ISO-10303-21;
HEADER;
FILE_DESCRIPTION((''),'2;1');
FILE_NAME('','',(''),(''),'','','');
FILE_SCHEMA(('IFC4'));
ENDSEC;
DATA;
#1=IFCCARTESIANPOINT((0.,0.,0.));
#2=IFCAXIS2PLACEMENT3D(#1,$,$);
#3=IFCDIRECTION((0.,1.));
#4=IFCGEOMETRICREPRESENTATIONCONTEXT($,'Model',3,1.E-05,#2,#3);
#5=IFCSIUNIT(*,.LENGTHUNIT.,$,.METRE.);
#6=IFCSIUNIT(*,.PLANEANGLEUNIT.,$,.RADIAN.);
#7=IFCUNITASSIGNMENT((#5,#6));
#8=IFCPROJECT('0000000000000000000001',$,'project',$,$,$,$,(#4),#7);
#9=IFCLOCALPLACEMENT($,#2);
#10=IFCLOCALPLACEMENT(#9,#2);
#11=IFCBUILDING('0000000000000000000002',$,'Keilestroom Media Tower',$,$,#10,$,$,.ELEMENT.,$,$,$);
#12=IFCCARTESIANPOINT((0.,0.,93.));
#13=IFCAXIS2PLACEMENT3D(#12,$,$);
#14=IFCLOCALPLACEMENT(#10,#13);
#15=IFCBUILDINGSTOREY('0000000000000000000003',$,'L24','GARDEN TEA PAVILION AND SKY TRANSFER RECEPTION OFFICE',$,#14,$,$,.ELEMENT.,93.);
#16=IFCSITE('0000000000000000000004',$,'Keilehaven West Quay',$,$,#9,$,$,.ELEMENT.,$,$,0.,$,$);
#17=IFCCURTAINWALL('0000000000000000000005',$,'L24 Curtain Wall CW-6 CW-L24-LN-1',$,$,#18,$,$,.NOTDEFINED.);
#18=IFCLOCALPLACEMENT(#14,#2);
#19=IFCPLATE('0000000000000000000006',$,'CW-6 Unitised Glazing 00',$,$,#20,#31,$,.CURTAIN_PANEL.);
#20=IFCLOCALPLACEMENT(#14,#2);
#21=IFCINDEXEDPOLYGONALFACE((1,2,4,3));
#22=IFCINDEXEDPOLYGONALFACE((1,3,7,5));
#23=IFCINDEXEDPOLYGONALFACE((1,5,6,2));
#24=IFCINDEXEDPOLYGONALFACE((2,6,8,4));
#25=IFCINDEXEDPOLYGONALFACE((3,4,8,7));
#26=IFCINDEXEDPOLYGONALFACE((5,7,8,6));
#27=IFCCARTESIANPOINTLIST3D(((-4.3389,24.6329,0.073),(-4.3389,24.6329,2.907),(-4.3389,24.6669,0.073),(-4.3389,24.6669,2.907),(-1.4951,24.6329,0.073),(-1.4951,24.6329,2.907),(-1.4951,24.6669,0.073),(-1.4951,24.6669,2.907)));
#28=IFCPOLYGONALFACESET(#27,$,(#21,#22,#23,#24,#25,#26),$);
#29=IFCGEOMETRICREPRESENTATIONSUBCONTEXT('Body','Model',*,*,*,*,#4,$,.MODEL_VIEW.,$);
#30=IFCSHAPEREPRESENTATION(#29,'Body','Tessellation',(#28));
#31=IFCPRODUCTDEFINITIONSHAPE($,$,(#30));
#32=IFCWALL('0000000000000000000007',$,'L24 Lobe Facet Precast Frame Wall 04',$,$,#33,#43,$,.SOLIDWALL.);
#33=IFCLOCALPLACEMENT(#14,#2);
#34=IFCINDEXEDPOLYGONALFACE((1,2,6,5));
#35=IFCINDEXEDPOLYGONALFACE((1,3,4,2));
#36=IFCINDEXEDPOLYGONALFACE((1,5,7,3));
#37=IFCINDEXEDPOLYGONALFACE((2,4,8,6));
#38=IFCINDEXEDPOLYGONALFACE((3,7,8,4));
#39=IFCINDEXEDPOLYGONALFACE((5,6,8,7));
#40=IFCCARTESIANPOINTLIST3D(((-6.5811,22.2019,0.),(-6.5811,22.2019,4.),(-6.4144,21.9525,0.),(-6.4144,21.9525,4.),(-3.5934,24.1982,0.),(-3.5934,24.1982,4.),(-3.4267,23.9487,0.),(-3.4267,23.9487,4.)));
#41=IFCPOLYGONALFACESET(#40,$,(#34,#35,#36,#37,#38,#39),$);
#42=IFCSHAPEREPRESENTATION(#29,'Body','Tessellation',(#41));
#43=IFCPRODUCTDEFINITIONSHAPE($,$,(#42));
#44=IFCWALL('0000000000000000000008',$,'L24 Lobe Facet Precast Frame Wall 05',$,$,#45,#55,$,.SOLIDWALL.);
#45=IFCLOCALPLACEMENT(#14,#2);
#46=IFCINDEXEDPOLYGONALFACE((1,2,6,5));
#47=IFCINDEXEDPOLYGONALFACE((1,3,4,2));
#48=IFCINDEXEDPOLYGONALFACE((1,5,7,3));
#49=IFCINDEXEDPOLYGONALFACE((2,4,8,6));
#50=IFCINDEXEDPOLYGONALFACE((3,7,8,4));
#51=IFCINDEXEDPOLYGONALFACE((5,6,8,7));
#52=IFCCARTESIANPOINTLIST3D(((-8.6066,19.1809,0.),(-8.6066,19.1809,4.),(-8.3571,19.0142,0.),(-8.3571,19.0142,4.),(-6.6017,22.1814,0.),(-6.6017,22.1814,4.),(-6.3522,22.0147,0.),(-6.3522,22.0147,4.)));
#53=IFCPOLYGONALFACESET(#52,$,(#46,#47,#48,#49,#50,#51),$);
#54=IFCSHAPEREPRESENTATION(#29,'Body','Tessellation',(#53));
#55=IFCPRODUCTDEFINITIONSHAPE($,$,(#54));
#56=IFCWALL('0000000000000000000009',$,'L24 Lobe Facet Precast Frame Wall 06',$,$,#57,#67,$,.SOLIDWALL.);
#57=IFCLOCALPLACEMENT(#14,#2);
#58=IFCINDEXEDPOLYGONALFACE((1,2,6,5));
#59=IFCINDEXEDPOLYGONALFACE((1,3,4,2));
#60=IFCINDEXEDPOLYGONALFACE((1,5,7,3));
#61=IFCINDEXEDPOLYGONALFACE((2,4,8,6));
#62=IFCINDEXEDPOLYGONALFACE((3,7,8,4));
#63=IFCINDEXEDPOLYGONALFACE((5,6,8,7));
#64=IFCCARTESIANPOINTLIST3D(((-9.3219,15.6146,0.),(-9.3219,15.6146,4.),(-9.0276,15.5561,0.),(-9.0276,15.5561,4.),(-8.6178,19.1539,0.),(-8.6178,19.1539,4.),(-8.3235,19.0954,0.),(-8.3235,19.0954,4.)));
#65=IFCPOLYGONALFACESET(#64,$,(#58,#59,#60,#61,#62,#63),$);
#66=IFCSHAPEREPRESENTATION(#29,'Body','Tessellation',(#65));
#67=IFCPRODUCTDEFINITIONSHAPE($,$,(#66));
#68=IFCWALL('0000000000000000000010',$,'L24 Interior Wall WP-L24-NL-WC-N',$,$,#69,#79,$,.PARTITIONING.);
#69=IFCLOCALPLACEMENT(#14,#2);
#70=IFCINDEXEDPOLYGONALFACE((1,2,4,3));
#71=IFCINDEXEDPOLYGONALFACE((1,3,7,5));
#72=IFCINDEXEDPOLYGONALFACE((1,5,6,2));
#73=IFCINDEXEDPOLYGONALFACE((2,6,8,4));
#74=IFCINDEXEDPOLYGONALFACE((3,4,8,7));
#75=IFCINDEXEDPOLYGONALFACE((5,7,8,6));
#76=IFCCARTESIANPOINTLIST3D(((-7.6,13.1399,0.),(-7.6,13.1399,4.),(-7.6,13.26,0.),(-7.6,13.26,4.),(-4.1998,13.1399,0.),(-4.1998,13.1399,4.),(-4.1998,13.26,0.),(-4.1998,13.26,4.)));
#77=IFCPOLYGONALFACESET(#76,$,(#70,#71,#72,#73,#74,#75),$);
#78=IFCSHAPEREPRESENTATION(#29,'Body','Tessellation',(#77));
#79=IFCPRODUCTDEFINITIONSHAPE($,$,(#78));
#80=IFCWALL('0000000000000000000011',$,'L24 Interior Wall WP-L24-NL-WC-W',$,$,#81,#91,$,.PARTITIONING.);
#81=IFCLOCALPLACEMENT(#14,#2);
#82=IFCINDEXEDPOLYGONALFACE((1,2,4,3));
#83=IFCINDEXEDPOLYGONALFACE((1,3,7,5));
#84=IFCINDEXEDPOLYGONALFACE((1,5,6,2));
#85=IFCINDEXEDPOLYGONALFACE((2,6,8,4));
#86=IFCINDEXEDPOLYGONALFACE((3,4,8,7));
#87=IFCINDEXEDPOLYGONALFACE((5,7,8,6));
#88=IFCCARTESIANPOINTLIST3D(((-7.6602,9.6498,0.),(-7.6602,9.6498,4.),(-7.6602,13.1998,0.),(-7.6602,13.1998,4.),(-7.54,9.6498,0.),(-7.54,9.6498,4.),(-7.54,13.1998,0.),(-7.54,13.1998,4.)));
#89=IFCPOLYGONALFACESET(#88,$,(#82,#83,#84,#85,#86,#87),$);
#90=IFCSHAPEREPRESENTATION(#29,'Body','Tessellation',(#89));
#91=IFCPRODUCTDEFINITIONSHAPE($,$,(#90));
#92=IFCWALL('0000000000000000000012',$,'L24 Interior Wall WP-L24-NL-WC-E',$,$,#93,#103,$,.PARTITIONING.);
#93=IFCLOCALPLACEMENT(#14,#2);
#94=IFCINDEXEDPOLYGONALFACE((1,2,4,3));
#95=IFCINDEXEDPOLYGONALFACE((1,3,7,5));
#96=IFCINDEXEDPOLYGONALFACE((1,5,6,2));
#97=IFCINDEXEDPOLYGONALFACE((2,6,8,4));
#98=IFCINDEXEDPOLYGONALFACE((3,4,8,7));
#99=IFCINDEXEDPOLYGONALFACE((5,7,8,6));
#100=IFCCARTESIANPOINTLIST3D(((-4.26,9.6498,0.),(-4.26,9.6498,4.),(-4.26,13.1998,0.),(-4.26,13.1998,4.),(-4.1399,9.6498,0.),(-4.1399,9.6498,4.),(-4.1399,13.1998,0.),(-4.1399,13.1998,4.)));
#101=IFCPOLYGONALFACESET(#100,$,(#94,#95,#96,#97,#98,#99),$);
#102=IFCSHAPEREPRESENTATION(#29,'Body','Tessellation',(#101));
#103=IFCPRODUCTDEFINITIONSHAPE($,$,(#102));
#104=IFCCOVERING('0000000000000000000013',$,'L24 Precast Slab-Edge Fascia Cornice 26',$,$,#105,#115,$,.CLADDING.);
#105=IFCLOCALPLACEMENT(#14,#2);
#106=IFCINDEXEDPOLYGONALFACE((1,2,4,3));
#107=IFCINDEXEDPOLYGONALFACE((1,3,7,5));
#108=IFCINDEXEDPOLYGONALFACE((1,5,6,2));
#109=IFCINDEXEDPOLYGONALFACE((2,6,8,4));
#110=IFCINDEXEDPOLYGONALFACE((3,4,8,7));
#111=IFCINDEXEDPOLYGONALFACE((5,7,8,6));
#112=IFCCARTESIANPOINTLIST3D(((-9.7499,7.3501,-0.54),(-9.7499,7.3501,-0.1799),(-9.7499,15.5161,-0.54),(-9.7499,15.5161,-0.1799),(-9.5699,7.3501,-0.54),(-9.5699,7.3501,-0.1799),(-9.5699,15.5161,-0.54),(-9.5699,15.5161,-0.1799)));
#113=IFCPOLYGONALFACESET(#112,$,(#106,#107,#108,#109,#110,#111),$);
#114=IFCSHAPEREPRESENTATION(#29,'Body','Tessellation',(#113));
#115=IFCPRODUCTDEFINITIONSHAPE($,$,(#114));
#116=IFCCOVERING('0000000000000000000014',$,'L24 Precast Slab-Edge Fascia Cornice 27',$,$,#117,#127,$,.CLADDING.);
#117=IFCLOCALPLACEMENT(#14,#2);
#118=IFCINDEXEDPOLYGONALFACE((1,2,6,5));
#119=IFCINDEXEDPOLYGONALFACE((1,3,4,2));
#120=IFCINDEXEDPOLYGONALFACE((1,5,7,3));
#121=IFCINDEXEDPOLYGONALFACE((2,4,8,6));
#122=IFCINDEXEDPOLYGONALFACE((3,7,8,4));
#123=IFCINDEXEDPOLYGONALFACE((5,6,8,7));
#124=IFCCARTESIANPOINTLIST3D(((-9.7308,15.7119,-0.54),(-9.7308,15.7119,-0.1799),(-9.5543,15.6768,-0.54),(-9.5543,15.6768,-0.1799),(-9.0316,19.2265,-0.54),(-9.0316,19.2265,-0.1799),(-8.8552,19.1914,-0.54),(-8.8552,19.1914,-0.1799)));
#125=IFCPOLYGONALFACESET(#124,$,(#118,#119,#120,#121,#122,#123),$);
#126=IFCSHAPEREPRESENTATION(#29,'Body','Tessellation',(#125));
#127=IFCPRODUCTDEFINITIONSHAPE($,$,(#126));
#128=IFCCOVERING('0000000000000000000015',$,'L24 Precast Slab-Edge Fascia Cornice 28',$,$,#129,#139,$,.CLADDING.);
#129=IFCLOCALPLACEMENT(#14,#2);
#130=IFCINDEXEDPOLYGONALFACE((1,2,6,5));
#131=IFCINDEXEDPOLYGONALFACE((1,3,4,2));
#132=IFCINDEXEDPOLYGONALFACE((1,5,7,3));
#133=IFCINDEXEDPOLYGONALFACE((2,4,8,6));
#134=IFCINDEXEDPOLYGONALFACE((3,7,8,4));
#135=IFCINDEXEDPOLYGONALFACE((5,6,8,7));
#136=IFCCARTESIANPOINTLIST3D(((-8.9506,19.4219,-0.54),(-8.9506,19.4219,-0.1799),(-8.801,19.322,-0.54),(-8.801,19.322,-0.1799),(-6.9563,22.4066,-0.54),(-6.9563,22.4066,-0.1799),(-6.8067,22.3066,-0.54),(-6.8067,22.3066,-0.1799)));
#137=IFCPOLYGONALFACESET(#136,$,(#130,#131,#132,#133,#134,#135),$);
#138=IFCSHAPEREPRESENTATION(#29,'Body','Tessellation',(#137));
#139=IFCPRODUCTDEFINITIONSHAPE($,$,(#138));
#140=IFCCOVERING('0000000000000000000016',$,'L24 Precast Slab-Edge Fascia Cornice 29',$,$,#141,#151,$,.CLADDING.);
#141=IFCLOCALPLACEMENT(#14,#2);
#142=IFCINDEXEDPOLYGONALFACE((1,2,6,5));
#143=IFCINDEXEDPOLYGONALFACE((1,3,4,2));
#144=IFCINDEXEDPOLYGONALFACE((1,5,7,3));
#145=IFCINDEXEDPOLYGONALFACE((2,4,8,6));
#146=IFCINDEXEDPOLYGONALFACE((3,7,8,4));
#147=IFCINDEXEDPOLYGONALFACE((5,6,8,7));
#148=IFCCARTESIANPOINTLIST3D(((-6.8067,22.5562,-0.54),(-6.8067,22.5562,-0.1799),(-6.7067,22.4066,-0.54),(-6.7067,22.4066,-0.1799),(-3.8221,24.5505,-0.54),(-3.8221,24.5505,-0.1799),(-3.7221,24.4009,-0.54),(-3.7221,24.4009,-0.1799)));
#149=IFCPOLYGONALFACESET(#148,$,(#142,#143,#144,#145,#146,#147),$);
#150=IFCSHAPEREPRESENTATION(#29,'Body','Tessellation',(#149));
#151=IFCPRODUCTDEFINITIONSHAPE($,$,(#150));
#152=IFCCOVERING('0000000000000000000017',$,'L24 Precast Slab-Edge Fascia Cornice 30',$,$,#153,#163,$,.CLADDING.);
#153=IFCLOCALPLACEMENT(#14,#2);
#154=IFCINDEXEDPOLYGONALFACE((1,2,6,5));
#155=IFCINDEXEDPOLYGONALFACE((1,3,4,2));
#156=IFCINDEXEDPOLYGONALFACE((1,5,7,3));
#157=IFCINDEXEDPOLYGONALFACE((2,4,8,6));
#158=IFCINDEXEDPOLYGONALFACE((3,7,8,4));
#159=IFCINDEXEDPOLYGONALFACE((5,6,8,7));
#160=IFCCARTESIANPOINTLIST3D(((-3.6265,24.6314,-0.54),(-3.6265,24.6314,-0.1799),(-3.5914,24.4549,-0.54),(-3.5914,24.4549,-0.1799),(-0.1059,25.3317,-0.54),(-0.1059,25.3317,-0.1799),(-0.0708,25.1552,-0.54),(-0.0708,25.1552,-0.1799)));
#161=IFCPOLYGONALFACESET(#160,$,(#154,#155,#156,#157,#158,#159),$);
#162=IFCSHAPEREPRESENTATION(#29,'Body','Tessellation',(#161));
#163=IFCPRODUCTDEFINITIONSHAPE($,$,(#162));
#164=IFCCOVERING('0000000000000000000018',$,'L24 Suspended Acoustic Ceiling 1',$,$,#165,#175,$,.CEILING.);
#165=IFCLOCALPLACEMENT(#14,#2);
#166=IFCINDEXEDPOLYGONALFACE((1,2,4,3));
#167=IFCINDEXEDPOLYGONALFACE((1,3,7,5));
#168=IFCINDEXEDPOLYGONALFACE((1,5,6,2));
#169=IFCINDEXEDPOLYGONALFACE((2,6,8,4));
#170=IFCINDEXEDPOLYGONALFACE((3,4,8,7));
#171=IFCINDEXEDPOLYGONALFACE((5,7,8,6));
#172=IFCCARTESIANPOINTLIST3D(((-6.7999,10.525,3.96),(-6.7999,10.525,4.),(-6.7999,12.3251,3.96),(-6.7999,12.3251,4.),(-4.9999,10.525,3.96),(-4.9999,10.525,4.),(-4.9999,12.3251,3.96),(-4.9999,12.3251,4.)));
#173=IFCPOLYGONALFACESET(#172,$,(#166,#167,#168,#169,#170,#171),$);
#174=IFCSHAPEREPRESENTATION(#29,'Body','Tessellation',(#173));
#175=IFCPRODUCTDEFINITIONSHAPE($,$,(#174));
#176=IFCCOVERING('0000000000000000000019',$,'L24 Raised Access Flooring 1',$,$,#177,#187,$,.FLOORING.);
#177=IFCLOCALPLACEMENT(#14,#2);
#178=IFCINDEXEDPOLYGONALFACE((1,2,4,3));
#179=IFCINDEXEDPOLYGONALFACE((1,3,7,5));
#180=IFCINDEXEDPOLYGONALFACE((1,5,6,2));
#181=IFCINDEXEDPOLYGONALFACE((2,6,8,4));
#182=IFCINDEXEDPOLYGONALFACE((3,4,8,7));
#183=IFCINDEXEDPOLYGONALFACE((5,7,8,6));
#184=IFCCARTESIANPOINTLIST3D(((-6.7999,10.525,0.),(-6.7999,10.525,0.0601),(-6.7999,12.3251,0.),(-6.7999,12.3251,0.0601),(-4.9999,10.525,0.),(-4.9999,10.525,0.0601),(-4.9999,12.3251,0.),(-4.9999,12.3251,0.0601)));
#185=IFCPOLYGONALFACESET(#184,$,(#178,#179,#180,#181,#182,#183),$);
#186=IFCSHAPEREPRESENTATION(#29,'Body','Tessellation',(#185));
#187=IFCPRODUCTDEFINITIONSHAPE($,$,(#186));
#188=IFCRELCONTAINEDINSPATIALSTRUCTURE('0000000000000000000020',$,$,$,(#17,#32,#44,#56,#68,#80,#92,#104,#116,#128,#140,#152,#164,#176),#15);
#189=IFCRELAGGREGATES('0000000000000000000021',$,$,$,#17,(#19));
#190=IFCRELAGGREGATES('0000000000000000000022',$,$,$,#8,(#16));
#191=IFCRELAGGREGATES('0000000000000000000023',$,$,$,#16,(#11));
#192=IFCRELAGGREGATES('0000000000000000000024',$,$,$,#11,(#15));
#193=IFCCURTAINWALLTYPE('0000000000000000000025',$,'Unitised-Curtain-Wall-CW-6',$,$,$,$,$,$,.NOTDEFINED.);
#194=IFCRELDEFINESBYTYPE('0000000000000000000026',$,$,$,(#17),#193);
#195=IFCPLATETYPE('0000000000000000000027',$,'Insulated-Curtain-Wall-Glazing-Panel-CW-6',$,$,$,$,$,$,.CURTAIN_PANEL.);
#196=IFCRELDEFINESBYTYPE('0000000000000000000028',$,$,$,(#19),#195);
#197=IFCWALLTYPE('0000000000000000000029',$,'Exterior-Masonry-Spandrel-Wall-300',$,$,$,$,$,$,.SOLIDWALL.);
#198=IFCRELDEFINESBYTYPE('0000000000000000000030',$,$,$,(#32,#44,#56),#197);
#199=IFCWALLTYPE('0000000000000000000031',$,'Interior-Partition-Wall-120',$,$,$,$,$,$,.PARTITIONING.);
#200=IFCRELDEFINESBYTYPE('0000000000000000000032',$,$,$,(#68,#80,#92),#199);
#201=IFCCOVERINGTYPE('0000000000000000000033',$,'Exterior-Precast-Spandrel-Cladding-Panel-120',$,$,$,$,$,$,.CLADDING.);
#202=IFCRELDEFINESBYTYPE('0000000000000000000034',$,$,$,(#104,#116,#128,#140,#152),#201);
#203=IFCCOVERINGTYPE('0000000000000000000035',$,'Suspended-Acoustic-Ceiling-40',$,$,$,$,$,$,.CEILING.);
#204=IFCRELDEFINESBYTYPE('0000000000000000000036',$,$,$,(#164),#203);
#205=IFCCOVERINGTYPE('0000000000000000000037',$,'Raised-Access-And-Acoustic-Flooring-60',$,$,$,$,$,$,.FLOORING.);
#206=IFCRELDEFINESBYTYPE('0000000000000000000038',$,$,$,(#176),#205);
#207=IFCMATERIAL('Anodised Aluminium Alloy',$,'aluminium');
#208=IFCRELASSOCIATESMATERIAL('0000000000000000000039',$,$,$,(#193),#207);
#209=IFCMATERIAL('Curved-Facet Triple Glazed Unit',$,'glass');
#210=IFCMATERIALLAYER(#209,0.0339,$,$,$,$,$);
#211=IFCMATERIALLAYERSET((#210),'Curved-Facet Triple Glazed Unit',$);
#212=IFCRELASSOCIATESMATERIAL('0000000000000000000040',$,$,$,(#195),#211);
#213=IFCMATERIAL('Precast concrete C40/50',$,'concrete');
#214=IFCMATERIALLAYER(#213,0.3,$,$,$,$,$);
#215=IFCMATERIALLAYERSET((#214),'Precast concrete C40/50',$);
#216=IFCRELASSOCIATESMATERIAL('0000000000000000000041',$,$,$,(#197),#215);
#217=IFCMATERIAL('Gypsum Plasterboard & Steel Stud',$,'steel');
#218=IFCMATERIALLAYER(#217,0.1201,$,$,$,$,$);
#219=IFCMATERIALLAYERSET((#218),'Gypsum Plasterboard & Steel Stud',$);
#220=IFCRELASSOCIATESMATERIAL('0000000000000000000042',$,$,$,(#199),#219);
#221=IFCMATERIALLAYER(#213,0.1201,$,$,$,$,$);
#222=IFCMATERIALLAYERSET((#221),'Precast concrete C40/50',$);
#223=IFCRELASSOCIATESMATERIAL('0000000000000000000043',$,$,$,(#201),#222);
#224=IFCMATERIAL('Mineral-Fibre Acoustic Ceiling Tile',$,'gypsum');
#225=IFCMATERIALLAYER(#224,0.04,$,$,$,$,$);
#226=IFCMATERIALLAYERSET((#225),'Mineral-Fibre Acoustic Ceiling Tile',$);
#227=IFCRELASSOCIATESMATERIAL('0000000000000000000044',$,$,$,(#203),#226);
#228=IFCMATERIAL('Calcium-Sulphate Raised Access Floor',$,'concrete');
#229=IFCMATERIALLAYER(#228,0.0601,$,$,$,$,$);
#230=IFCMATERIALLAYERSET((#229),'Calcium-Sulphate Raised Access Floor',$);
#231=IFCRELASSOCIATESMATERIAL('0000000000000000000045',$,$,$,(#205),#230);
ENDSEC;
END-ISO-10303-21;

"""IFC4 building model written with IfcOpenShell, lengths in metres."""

from ifc_helpers import new_model, si_unit, direction, frame, frame_2d, origin, origin_2d, place, context, subcontext, project, spatial, rectangle, extrude, source, transform, mapped, material, layer, layer_set, type_object, element, aggregate, save


model = new_model("IFC4")

# Units and contexts
model_context = context("Model", 3, precision=1e-05, world=origin(), true_north=direction((0.0, 1.0)))
body_context = subcontext(model_context, "Body", "Model", "MODEL_VIEW")
ifc_project = project(units=[si_unit("LENGTHUNIT", "METRE"), si_unit("PLANEANGLEUNIT", "RADIAN")], contexts=[model_context])

# Site, building, storey
site_placement = place(None, origin())
site = spatial("IfcSite", under=ifc_project, at=site_placement, Name="Keilehaven West Quay", CompositionType="ELEMENT", RefElevation=0.0)
building_placement = place(site_placement, origin())
building = spatial("IfcBuilding", under=site, at=building_placement, Name="Keilestroom Media Tower", CompositionType="ELEMENT")
storey_placement = place(building_placement, frame((0.0, 0.0, 93.0)))
storey = spatial("IfcBuildingStorey", under=building, at=storey_placement, Name="L24", Description="GARDEN TEA PAVILION AND SKY TRANSFER RECEPTION OFFICE", CompositionType="ELEMENT", Elevation=93.0)

# Curtain wall, plate
ifc_material_1 = material(Name="Anodised Aluminium Alloy", Category="aluminium")
curtain_wall_type = type_object("IfcCurtainWallType", Name="Unitised-Curtain-Wall-CW-6", PredefinedType="NOTDEFINED", material=ifc_material_1)
curtain_wall_placement = place(storey_placement, origin())
curtain_wall = element("IfcCurtainWall", 1, at=curtain_wall_placement, inside=storey, type_object=curtain_wall_type, Name="L24 Curtain Wall CW-6 CW-L24-LN-1", PredefinedType="NOTDEFINED")
ifc_material_2 = material(Name="Curved-Facet Triple Glazed Unit", Category="glass")
ifc_layer_1 = layer(ifc_material_2, 0.0339)
ifc_layer_set_1 = layer_set([ifc_layer_1], Name="Curved-Facet Triple Glazed Unit")
plate_type = type_object("IfcPlateType", Name="Insulated-Curtain-Wall-Glazing-Panel-CW-6", PredefinedType="CURTAIN_PANEL", material=ifc_layer_set_1)
shared_shape_1 = source(origin(), body_context, "Body", "SweptSolid", [
    extrude(rectangle(XDim=2.8438, YDim=0.0339, at=origin_2d()), origin(), (0.0, 0.0, 1.0), 2.834),
])
plate_placement = place(storey_placement, frame((-2.917, 24.6499, 0.073), z_axis=(0.0, 0.0, 1.0), x_axis=(1.0, 0.0, 0.0)))
plate = element("IfcPlate", 2, at=plate_placement, type_object=plate_type, Name="CW-6 Unitised Glazing 00", PredefinedType="CURTAIN_PANEL", context=body_context, shape_type="MappedRepresentation", body=[
    mapped(shared_shape_1, transform((0.0, 0.0, 0.0), x_axis=(1.0, 0.0, 0.0), y_axis=(0.0, 1.0, 0.0), z_axis=(0.0, 0.0, 1.0), scale=1.0)),
])
aggregate(curtain_wall, [plate])

# Walls
ifc_material_3 = material(Name="Precast concrete C40/50", Category="concrete")
ifc_layer_2 = layer(ifc_material_3, 0.3)
ifc_layer_set_2 = layer_set([ifc_layer_2], Name="Precast concrete C40/50")
wall_type_1 = type_object("IfcWallType", Name="Exterior-Masonry-Spandrel-Wall-300", PredefinedType="SOLIDWALL", material=ifc_layer_set_2)
wall_1_placement = place(storey_placement, frame((-3.51, 24.0735, 0.0), z_axis=(0.0, 0.0, 1.0), x_axis=(-0.831475, -0.555562, 0.0)))
element("IfcWall", 3, at=wall_1_placement, inside=storey, type_object=wall_type_1, Name="L24 Lobe Facet Precast Frame Wall 04", PredefinedType="SOLIDWALL", context=body_context, shape_type="SweptSolid", body=[
    extrude(rectangle(XDim=3.5933, YDim=0.3, at=frame_2d((1.7966, 0.0))), origin(), (0.0, 0.0, 1.0), 4.0),
])
for number, where, z_axis, x_axis, name in (
    (4, (-6.4771, 22.0979, 0.0), (0.0, 0.0, 1.0), (-0.555574, -0.831467, 0.0), "L24 Lobe Facet Precast Frame Wall 05"),
    (5, (-8.4707, 19.1245, 0.0), (0.0, 0.0, 1.0), (-0.195114, -0.980781, 0.0), "L24 Lobe Facet Precast Frame Wall 06"),
):
    element("IfcWall", number, at=place(storey_placement, frame(where, z_axis=z_axis, x_axis=x_axis)), inside=storey, type_object=wall_type_1, Name=name, PredefinedType="SOLIDWALL", context=body_context, shape_type="SweptSolid", body=[
        extrude(rectangle(XDim=3.6086, YDim=0.3, at=frame_2d((1.8042, 0.0))), origin(), (0.0, 0.0, 1.0), 4.0),
    ])
ifc_material_4 = material(Name="Gypsum Plasterboard & Steel Stud", Category="steel")
ifc_layer_3 = layer(ifc_material_4, 0.1201)
ifc_layer_set_3 = layer_set([ifc_layer_3], Name="Gypsum Plasterboard & Steel Stud")
wall_type_2 = type_object("IfcWallType", Name="Interior-Partition-Wall-120", PredefinedType="PARTITIONING", material=ifc_layer_set_3)
wall_2_placement = place(storey_placement, frame((-7.6001, 13.2, 0.0), z_axis=(0.0, 0.0, 1.0), x_axis=(1.0, 0.0, 0.0)))
element("IfcWall", 6, at=wall_2_placement, inside=storey, type_object=wall_type_2, Name="L24 Interior Wall WP-L24-NL-WC-N", PredefinedType="PARTITIONING", context=body_context, shape_type="SweptSolid", body=[
    extrude(rectangle(XDim=3.4001, YDim=0.1201, at=frame_2d((1.7002, 0.0))), origin(), (0.0, 0.0, 1.0), 4.0),
])
for number, where, z_axis, x_axis, name in (
    (7, (-7.6001, 9.6499, 0.0), (0.0, 0.0, 1.0), (0.0, 1.0, 0.0), "L24 Interior Wall WP-L24-NL-WC-W"),
    (8, (-4.2, 9.6499, 0.0), (0.0, 0.0, 1.0), (0.0, 1.0, 0.0), "L24 Interior Wall WP-L24-NL-WC-E"),
):
    element("IfcWall", number, at=place(storey_placement, frame(where, z_axis=z_axis, x_axis=x_axis)), inside=storey, type_object=wall_type_2, Name=name, PredefinedType="PARTITIONING", context=body_context, shape_type="SweptSolid", body=[
        extrude(rectangle(XDim=3.55, YDim=0.1201, at=frame_2d((1.7749, 0.0))), origin(), (0.0, 0.0, 1.0), 4.0),
    ])

# Coverings
ifc_layer_4 = layer(ifc_material_3, 0.1201)
ifc_layer_set_4 = layer_set([ifc_layer_4], Name="Precast concrete C40/50")
covering_type_1 = type_object("IfcCoveringType", Name="Exterior-Precast-Spandrel-Cladding-Panel-120", PredefinedType="CLADDING", material=ifc_layer_set_4)
shared_shape_2 = source(origin(), body_context, "Body", "SweptSolid", [
    extrude(rectangle(XDim=8.166, YDim=0.1799, at=origin_2d()), origin(), (0.0, 0.0, 1.0), 0.3601),
])
covering_1_placement = place(storey_placement, frame((-9.6599, 11.4331, -0.54), z_axis=(0.0, 0.0, 1.0), x_axis=(0.0, 1.0, 0.0)))
element("IfcCovering", 9, at=covering_1_placement, inside=storey, type_object=covering_type_1, Name="L24 Precast Slab-Edge Fascia Cornice 26", PredefinedType="CLADDING", context=body_context, shape_type="MappedRepresentation", body=[
    mapped(shared_shape_2, transform((0.0, 0.0, 0.0), x_axis=(1.0, 0.0, 0.0), y_axis=(0.0, 1.0, 0.0), z_axis=(0.0, 0.0, 1.0), scale=1.0)),
])
shared_shape_3 = source(origin(), body_context, "Body", "SweptSolid", [
    extrude(rectangle(XDim=3.5835, YDim=0.1799, at=origin_2d()), origin(), (0.0, 0.0, 1.0), 0.3601),
])
covering_2_placement = place(storey_placement, frame((-9.293, 17.4517, -0.54), z_axis=(0.0, 0.0, 1.0), x_axis=(0.195099, 0.980784, 0.0)))
element("IfcCovering", 10, at=covering_2_placement, inside=storey, type_object=covering_type_1, Name="L24 Precast Slab-Edge Fascia Cornice 27", PredefinedType="CLADDING", context=body_context, shape_type="MappedRepresentation", body=[
    mapped(shared_shape_3, transform((0.0, 0.0, 0.0), x_axis=(1.0, 0.0, 0.0), y_axis=(0.0, 1.0, 0.0), z_axis=(0.0, 0.0, 1.0), scale=1.0)),
])
shared_shape_4 = source(origin(), body_context, "Body", "SweptSolid", [
    extrude(rectangle(XDim=3.5896, YDim=0.1799, at=origin_2d()), origin(), (0.0, 0.0, 1.0), 0.3601),
])
for number, where, z_axis, x_axis, name in (
    (11, (-7.8787, 20.8643, -0.54), (0.0, 0.0, 1.0), (0.555575, 0.831467, 0.0), "L24 Precast Slab-Edge Fascia Cornice 28"),
    (12, (-5.2644, 23.4785, -0.54), (0.0, 0.0, 1.0), (0.831467, 0.555575, 0.0), "L24 Precast Slab-Edge Fascia Cornice 29"),
    (13, (-1.8486, 24.8933, -0.54), (0.0, 0.0, 1.0), (0.980784, 0.195099, 0.0), "L24 Precast Slab-Edge Fascia Cornice 30"),
):
    element("IfcCovering", number, at=place(storey_placement, frame(where, z_axis=z_axis, x_axis=x_axis)), inside=storey, type_object=covering_type_1, Name=name, PredefinedType="CLADDING", context=body_context, shape_type="MappedRepresentation", body=[
        mapped(shared_shape_4, transform((0.0, 0.0, 0.0), x_axis=(1.0, 0.0, 0.0), y_axis=(0.0, 1.0, 0.0), z_axis=(0.0, 0.0, 1.0), scale=1.0)),
    ])
ifc_material_5 = material(Name="Mineral-Fibre Acoustic Ceiling Tile", Category="gypsum")
ifc_layer_5 = layer(ifc_material_5, 0.04)
ifc_layer_set_5 = layer_set([ifc_layer_5], Name="Mineral-Fibre Acoustic Ceiling Tile")
covering_type_2 = type_object("IfcCoveringType", Name="Suspended-Acoustic-Ceiling-40", PredefinedType="CEILING", material=ifc_layer_set_5)
shared_shape_5 = source(origin(), body_context, "Body", "SweptSolid", [
    extrude(rectangle(XDim=1.8, YDim=1.8, at=origin_2d()), origin(), (0.0, 0.0, 1.0), 0.04),
])
covering_3_placement = place(storey_placement, frame((-5.8999, 11.425, 3.96), z_axis=(0.0, 0.0, 1.0), x_axis=(1.0, 0.0, 0.0)))
element("IfcCovering", 14, at=covering_3_placement, inside=storey, type_object=covering_type_2, Name="L24 Suspended Acoustic Ceiling 1", PredefinedType="CEILING", context=body_context, shape_type="MappedRepresentation", body=[
    mapped(shared_shape_5, transform((0.0, 0.0, 0.0), x_axis=(1.0, 0.0, 0.0), y_axis=(0.0, 1.0, 0.0), z_axis=(0.0, 0.0, 1.0), scale=1.0)),
])
ifc_material_6 = material(Name="Calcium-Sulphate Raised Access Floor", Category="concrete")
ifc_layer_6 = layer(ifc_material_6, 0.0601)
ifc_layer_set_6 = layer_set([ifc_layer_6], Name="Calcium-Sulphate Raised Access Floor")
covering_type_3 = type_object("IfcCoveringType", Name="Raised-Access-And-Acoustic-Flooring-60", PredefinedType="FLOORING", material=ifc_layer_set_6)
shared_shape_6 = source(origin(), body_context, "Body", "SweptSolid", [
    extrude(rectangle(XDim=1.8, YDim=1.8, at=origin_2d()), origin(), (0.0, 0.0, 1.0), 0.0601),
])
covering_4_placement = place(storey_placement, frame((-5.8999, 11.425, 0.0), z_axis=(0.0, 0.0, 1.0), x_axis=(1.0, 0.0, 0.0)))
element("IfcCovering", 15, at=covering_4_placement, inside=storey, type_object=covering_type_3, Name="L24 Raised Access Flooring 1", PredefinedType="FLOORING", context=body_context, shape_type="MappedRepresentation", body=[
    mapped(shared_shape_6, transform((0.0, 0.0, 0.0), x_axis=(1.0, 0.0, 0.0), y_axis=(0.0, 1.0, 0.0), z_axis=(0.0, 0.0, 1.0), scale=1.0)),
])

save(model, "model.ifc")
